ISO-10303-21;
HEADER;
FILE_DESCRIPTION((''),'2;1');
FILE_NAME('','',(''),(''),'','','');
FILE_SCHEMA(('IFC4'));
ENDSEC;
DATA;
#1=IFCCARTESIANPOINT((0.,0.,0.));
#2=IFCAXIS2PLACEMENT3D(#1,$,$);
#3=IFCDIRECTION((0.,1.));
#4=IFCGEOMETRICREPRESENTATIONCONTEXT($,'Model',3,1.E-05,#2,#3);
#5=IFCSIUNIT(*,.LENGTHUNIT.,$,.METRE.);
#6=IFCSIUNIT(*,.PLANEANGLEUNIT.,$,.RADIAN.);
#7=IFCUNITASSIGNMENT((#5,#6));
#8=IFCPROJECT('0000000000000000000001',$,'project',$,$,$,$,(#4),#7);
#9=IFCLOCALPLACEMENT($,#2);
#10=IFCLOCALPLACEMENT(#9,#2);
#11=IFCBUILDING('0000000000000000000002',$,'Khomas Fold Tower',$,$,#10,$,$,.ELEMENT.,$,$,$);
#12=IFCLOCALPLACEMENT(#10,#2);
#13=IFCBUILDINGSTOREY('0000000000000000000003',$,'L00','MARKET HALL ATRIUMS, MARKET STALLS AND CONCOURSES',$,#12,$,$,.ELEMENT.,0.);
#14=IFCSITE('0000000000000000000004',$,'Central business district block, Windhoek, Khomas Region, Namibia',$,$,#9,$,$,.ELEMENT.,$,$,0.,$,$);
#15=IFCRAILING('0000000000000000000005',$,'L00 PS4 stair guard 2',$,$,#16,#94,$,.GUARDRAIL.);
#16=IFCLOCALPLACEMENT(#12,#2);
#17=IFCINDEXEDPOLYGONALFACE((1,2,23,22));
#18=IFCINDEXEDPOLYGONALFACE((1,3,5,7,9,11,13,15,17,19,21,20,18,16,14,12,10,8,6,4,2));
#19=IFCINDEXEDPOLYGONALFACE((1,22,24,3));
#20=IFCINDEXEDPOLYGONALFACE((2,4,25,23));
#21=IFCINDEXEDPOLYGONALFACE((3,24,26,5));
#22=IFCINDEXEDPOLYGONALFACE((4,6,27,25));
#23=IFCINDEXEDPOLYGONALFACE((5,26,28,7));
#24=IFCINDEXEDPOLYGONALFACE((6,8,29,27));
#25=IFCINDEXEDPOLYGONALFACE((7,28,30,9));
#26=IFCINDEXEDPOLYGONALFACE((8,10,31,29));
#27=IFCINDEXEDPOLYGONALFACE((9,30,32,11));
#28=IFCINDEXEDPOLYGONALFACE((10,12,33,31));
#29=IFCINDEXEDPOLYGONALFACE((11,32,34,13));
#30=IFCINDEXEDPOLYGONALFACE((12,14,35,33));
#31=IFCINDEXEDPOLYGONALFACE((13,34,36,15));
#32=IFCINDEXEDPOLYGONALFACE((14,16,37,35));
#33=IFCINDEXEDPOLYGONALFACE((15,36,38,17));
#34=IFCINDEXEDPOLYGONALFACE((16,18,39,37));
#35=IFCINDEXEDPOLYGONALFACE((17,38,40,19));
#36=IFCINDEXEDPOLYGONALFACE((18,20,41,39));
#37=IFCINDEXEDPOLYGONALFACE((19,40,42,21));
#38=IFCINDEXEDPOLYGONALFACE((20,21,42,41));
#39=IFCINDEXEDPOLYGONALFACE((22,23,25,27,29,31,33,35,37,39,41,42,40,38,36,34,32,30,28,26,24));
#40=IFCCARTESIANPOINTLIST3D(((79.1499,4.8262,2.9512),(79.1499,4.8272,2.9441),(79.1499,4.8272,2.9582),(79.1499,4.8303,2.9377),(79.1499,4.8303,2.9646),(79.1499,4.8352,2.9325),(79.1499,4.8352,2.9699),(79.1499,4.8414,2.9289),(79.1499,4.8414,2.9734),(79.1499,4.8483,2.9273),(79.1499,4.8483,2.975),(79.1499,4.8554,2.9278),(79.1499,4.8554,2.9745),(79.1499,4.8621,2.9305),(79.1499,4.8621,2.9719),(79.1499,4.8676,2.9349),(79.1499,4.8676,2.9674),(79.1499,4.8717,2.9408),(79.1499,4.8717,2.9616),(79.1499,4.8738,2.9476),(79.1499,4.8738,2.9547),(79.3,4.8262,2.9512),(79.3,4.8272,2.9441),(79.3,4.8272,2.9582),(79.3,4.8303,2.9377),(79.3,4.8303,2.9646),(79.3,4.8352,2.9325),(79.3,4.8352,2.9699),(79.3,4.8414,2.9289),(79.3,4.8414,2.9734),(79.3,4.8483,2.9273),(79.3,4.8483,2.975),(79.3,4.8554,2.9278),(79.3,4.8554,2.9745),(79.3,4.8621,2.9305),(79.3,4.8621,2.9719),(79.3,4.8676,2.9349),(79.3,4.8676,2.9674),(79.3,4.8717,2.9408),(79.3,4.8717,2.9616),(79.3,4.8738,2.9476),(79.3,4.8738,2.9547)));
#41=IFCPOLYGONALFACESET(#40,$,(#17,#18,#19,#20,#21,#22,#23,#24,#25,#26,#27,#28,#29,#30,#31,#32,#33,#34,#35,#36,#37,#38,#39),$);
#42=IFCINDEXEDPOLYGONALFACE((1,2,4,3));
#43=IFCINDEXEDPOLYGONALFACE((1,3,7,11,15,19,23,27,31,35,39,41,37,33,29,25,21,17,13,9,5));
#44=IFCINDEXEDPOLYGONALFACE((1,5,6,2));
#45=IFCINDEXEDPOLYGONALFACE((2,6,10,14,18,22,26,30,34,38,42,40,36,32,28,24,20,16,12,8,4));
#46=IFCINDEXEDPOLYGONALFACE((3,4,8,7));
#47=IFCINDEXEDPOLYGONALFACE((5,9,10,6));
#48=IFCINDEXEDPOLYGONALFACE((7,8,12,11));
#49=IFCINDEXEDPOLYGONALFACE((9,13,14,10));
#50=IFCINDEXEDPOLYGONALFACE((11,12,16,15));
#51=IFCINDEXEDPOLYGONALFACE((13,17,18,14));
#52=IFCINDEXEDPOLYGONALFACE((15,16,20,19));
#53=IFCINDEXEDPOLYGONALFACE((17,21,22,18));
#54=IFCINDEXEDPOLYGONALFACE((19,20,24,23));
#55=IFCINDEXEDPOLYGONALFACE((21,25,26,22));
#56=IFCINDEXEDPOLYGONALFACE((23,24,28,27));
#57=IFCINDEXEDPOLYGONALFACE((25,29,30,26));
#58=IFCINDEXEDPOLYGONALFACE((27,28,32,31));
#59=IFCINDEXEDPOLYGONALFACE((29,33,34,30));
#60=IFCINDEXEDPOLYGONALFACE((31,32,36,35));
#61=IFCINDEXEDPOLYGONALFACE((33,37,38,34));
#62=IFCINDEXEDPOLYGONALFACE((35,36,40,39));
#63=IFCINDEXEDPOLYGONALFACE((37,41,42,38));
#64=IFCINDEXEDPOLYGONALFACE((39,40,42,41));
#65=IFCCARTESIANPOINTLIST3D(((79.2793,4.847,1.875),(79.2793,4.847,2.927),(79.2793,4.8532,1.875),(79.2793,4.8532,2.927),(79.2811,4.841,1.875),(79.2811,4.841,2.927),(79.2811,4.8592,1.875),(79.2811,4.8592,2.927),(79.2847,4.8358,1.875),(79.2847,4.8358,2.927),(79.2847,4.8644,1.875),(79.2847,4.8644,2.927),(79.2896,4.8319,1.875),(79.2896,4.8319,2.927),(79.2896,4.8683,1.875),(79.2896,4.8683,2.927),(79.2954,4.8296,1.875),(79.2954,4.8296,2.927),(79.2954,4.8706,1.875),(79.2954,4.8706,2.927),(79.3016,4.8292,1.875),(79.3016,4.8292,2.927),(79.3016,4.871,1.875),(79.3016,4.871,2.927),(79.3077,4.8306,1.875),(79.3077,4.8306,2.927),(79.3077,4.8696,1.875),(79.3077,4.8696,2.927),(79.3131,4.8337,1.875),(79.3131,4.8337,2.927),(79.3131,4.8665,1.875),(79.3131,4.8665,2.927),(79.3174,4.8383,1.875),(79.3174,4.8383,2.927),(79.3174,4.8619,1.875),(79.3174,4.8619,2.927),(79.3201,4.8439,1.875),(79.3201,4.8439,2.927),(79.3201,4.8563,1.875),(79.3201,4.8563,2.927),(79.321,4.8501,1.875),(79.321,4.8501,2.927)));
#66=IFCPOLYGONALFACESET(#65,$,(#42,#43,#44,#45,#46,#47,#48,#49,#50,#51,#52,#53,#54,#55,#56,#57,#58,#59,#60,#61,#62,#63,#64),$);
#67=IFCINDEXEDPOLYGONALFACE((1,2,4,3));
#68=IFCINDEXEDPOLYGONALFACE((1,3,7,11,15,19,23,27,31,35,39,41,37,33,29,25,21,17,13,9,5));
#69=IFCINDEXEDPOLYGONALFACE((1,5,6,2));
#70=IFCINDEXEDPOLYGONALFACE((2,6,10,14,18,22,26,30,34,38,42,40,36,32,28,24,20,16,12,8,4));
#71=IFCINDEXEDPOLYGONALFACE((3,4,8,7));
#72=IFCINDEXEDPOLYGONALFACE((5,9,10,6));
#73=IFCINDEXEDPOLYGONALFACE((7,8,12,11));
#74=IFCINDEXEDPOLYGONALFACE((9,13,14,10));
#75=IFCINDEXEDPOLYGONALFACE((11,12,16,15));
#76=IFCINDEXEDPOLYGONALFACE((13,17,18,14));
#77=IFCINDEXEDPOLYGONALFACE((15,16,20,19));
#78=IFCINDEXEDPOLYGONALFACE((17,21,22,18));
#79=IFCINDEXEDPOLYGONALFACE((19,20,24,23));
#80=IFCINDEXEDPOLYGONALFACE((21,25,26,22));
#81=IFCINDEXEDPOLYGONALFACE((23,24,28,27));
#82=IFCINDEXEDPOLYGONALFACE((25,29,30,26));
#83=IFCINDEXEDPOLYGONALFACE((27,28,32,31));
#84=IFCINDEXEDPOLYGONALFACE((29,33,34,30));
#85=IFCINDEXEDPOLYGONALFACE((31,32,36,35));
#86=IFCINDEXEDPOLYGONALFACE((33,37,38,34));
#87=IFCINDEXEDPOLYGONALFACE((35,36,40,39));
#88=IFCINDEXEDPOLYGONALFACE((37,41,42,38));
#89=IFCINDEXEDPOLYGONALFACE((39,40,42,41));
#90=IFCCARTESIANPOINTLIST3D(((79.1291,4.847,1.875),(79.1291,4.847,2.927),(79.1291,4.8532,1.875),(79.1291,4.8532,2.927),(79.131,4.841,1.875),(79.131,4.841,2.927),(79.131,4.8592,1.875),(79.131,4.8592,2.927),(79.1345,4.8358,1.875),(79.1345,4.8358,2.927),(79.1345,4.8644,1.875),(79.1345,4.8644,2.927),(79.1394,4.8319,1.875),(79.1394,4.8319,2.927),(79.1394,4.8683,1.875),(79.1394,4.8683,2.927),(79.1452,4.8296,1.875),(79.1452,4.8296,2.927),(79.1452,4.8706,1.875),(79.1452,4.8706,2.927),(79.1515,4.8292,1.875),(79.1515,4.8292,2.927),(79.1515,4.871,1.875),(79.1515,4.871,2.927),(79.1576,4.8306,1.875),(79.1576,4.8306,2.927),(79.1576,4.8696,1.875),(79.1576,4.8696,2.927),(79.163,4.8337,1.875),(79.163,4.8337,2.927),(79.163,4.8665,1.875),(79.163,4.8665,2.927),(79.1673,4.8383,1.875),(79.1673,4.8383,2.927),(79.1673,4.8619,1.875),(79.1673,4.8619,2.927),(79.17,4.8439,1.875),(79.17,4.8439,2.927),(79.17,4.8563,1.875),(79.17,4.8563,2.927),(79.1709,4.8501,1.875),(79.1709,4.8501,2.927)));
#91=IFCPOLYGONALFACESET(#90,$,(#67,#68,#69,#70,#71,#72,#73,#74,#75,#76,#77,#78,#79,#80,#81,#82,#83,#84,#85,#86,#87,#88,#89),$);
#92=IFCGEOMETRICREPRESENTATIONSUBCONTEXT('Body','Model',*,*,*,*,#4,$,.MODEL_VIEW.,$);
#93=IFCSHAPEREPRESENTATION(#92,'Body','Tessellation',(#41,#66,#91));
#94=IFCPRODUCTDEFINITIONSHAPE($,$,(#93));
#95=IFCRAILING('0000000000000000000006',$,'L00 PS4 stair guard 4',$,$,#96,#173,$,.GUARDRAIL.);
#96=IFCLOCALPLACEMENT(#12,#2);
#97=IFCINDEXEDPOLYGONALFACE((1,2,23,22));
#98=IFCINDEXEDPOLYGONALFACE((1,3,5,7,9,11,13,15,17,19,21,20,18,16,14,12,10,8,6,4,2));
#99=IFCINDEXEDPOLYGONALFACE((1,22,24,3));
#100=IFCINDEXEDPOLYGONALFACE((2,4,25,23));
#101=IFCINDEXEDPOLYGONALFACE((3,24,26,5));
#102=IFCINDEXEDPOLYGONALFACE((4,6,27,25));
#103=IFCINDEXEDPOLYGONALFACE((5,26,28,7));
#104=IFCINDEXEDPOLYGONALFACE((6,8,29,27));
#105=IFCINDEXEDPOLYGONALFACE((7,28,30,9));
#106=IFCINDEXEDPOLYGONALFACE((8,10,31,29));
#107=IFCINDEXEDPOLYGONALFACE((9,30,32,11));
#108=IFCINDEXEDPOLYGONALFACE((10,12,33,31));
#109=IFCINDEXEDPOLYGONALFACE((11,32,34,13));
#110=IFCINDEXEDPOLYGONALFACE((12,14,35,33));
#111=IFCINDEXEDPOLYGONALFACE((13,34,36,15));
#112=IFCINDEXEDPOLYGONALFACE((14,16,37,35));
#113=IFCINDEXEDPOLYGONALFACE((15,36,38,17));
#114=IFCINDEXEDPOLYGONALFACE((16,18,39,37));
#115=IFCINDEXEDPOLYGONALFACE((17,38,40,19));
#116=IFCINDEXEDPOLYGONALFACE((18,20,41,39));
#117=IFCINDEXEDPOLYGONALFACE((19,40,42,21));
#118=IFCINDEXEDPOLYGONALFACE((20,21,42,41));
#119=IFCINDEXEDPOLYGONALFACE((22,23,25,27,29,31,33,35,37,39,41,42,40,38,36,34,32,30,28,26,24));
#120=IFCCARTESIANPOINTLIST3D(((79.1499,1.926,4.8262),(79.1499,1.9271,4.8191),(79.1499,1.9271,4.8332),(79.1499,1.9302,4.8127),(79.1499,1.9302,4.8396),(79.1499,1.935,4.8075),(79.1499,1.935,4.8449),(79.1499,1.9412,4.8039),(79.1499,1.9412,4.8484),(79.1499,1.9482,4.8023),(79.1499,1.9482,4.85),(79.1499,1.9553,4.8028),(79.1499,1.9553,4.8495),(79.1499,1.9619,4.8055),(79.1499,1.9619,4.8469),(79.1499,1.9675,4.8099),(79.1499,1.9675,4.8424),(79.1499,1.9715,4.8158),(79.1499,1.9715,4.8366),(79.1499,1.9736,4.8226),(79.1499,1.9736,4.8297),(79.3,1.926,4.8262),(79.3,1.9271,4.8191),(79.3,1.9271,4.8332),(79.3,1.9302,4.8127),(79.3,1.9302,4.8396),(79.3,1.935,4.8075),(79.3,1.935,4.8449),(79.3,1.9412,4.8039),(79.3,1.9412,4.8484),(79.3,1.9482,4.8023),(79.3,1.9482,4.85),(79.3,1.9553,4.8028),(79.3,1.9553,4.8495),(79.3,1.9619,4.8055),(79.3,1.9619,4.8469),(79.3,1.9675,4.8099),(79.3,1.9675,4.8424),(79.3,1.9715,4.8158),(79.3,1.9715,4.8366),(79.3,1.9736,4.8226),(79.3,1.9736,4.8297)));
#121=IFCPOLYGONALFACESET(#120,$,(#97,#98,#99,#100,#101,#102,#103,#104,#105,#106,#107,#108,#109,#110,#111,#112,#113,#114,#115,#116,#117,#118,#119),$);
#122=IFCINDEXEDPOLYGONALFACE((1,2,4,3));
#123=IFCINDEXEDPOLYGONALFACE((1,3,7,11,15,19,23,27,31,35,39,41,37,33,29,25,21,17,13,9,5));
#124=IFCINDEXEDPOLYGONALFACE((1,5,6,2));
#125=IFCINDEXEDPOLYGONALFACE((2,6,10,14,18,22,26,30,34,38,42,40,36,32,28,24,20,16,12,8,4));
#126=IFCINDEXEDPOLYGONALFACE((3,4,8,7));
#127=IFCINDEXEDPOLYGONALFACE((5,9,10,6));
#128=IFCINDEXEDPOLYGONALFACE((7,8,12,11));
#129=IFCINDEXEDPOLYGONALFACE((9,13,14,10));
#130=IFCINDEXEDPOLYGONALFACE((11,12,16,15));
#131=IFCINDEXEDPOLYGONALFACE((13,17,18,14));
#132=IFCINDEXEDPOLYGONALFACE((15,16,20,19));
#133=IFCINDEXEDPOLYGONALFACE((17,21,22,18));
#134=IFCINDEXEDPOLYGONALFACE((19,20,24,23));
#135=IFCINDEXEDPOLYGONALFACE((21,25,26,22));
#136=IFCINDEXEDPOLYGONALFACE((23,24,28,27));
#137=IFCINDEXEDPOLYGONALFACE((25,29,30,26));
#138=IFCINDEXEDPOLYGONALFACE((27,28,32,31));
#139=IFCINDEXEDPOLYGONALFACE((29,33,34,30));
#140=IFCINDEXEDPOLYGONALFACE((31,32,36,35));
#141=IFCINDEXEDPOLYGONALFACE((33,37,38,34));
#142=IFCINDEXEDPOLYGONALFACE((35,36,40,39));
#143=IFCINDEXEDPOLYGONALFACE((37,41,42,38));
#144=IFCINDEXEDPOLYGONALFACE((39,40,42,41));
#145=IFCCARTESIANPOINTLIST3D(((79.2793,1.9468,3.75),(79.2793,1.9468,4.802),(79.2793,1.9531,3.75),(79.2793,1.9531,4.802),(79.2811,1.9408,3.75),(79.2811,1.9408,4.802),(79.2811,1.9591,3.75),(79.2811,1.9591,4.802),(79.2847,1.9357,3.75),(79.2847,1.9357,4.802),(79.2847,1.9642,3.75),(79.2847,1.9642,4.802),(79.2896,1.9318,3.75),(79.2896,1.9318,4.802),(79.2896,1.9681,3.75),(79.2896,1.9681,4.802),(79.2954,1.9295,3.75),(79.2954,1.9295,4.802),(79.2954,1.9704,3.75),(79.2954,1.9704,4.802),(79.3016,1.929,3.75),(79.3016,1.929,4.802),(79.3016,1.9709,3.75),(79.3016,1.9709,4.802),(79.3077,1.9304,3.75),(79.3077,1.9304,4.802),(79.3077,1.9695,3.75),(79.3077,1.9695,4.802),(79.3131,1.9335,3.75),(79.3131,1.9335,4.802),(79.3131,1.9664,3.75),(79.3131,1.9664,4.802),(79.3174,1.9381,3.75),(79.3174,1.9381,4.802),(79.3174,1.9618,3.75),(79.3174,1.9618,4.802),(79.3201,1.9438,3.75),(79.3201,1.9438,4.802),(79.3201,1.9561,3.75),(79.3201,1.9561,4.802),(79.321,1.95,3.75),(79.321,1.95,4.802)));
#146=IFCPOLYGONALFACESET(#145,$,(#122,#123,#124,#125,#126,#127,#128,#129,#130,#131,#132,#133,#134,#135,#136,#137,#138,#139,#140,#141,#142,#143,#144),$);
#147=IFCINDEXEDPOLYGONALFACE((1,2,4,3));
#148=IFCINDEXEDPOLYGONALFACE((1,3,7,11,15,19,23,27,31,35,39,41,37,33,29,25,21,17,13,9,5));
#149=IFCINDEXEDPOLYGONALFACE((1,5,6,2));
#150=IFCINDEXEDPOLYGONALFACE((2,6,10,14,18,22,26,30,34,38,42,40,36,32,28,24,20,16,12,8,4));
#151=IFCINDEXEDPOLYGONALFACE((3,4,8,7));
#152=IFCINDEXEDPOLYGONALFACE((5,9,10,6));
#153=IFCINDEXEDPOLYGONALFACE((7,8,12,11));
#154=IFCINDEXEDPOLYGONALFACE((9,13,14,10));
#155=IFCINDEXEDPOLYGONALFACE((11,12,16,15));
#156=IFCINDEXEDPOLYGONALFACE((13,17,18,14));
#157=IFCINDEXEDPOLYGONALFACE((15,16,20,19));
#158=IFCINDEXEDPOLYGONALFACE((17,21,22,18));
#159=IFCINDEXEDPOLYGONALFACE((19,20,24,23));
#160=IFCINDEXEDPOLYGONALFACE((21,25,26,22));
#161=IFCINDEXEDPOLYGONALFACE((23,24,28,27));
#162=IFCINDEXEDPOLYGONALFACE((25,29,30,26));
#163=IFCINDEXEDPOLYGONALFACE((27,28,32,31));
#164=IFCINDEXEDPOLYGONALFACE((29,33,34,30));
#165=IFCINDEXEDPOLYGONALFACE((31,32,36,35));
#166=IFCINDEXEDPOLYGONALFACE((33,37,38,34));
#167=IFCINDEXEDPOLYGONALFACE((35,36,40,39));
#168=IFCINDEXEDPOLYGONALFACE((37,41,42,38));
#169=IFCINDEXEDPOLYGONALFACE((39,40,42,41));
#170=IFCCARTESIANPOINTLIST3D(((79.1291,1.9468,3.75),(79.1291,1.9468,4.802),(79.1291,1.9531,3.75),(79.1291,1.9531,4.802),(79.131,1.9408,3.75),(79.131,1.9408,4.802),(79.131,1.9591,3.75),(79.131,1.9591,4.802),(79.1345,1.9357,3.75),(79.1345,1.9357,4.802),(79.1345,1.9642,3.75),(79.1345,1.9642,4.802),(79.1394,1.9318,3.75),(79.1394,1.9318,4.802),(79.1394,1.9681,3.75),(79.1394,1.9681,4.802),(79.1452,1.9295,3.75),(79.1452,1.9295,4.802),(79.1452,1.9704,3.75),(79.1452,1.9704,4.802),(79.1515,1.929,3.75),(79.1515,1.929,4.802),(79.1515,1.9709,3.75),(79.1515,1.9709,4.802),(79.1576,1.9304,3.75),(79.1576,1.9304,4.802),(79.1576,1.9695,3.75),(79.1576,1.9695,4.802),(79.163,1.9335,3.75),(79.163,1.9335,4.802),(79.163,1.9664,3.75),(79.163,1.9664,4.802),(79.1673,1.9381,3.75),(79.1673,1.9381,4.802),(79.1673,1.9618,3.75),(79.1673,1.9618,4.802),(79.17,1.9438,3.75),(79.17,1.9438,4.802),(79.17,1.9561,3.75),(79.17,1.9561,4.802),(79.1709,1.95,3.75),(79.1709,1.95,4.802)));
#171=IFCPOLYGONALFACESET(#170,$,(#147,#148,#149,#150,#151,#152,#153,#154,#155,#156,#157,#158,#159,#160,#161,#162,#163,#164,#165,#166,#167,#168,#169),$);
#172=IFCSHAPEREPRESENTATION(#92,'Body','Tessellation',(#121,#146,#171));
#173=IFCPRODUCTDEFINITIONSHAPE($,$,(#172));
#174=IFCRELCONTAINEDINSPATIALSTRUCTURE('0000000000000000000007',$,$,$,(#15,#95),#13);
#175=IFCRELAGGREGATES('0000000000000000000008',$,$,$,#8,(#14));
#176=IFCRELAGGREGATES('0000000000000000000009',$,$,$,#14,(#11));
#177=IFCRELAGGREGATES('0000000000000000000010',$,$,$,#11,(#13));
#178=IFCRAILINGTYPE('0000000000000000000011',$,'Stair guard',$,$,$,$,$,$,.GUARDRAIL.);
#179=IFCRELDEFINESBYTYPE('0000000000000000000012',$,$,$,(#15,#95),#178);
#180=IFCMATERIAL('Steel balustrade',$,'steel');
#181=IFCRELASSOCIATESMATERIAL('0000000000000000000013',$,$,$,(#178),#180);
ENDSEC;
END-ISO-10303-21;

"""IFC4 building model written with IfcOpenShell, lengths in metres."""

from ifc_helpers import new_model, si_unit, direction, frame, origin, origin_2d, place, context, subcontext, project, spatial, circle, extrude, source, transform, mapped, material, type_object, element, save


model = new_model("IFC4")

# Units and contexts
model_context = context("Model", 3, precision=1e-05, world=origin(), true_north=direction((0.0, 1.0)))
body_context = subcontext(model_context, "Body", "Model", "MODEL_VIEW")
ifc_project = project(units=[si_unit("LENGTHUNIT", "METRE"), si_unit("PLANEANGLEUNIT", "RADIAN")], contexts=[model_context])

# Site, building, storey
site_placement = place(None, origin())
site = spatial("IfcSite", under=ifc_project, at=site_placement, Name="Central business district block, Windhoek, Khomas Region, Namibia", CompositionType="ELEMENT", RefElevation=0.0)
building_placement = place(site_placement, origin())
building = spatial("IfcBuilding", under=site, at=building_placement, Name="Khomas Fold Tower", CompositionType="ELEMENT")
storey_placement = place(building_placement, origin())
storey = spatial("IfcBuildingStorey", under=building, at=storey_placement, Name="L00", Description="MARKET HALL ATRIUMS, MARKET STALLS AND CONCOURSES", CompositionType="ELEMENT", Elevation=0.0)

# Railings
ifc_material_1 = material(Name="Steel balustrade", Category="steel")
railing_type_1 = type_object("IfcRailingType", Name="Stair guard", PredefinedType="GUARDRAIL", material=ifc_material_1)
shared_shape_1 = source(origin(), body_context, "Body", "SweptSolid", [
    extrude(circle(Radius=0.0239, at=origin_2d()), frame((0.0, 0.0, 1.0762), z_axis=(-1.0, 0.0, 0.0), x_axis=(0.0, -1.0, 0.0)), (0.0, 0.0, 1.0), 0.1501),
    extrude(circle(Radius=0.021, at=origin_2d()), origin(), (0.0, 0.0, 1.0), 1.052),
    extrude(circle(Radius=0.021, at=origin_2d()), frame((-0.1501, 0.0, 0.0)), (0.0, 0.0, 1.0), 1.052),
])
for number, where, name in (
    (1, (79.3, 4.8501, 1.875), "L00 PS4 stair guard 2"),
    (2, (79.3, 1.95, 3.75), "L00 PS4 stair guard 4"),
):
    element("IfcRailing", number, at=place(storey_placement, frame(where)), inside=storey, type_object=railing_type_1, Name=name, PredefinedType="GUARDRAIL", context=body_context, shape_type="MappedRepresentation", body=[
        mapped(shared_shape_1, transform((0.0, 0.0, 0.0))),
    ])

save(model, "model.ifc")
